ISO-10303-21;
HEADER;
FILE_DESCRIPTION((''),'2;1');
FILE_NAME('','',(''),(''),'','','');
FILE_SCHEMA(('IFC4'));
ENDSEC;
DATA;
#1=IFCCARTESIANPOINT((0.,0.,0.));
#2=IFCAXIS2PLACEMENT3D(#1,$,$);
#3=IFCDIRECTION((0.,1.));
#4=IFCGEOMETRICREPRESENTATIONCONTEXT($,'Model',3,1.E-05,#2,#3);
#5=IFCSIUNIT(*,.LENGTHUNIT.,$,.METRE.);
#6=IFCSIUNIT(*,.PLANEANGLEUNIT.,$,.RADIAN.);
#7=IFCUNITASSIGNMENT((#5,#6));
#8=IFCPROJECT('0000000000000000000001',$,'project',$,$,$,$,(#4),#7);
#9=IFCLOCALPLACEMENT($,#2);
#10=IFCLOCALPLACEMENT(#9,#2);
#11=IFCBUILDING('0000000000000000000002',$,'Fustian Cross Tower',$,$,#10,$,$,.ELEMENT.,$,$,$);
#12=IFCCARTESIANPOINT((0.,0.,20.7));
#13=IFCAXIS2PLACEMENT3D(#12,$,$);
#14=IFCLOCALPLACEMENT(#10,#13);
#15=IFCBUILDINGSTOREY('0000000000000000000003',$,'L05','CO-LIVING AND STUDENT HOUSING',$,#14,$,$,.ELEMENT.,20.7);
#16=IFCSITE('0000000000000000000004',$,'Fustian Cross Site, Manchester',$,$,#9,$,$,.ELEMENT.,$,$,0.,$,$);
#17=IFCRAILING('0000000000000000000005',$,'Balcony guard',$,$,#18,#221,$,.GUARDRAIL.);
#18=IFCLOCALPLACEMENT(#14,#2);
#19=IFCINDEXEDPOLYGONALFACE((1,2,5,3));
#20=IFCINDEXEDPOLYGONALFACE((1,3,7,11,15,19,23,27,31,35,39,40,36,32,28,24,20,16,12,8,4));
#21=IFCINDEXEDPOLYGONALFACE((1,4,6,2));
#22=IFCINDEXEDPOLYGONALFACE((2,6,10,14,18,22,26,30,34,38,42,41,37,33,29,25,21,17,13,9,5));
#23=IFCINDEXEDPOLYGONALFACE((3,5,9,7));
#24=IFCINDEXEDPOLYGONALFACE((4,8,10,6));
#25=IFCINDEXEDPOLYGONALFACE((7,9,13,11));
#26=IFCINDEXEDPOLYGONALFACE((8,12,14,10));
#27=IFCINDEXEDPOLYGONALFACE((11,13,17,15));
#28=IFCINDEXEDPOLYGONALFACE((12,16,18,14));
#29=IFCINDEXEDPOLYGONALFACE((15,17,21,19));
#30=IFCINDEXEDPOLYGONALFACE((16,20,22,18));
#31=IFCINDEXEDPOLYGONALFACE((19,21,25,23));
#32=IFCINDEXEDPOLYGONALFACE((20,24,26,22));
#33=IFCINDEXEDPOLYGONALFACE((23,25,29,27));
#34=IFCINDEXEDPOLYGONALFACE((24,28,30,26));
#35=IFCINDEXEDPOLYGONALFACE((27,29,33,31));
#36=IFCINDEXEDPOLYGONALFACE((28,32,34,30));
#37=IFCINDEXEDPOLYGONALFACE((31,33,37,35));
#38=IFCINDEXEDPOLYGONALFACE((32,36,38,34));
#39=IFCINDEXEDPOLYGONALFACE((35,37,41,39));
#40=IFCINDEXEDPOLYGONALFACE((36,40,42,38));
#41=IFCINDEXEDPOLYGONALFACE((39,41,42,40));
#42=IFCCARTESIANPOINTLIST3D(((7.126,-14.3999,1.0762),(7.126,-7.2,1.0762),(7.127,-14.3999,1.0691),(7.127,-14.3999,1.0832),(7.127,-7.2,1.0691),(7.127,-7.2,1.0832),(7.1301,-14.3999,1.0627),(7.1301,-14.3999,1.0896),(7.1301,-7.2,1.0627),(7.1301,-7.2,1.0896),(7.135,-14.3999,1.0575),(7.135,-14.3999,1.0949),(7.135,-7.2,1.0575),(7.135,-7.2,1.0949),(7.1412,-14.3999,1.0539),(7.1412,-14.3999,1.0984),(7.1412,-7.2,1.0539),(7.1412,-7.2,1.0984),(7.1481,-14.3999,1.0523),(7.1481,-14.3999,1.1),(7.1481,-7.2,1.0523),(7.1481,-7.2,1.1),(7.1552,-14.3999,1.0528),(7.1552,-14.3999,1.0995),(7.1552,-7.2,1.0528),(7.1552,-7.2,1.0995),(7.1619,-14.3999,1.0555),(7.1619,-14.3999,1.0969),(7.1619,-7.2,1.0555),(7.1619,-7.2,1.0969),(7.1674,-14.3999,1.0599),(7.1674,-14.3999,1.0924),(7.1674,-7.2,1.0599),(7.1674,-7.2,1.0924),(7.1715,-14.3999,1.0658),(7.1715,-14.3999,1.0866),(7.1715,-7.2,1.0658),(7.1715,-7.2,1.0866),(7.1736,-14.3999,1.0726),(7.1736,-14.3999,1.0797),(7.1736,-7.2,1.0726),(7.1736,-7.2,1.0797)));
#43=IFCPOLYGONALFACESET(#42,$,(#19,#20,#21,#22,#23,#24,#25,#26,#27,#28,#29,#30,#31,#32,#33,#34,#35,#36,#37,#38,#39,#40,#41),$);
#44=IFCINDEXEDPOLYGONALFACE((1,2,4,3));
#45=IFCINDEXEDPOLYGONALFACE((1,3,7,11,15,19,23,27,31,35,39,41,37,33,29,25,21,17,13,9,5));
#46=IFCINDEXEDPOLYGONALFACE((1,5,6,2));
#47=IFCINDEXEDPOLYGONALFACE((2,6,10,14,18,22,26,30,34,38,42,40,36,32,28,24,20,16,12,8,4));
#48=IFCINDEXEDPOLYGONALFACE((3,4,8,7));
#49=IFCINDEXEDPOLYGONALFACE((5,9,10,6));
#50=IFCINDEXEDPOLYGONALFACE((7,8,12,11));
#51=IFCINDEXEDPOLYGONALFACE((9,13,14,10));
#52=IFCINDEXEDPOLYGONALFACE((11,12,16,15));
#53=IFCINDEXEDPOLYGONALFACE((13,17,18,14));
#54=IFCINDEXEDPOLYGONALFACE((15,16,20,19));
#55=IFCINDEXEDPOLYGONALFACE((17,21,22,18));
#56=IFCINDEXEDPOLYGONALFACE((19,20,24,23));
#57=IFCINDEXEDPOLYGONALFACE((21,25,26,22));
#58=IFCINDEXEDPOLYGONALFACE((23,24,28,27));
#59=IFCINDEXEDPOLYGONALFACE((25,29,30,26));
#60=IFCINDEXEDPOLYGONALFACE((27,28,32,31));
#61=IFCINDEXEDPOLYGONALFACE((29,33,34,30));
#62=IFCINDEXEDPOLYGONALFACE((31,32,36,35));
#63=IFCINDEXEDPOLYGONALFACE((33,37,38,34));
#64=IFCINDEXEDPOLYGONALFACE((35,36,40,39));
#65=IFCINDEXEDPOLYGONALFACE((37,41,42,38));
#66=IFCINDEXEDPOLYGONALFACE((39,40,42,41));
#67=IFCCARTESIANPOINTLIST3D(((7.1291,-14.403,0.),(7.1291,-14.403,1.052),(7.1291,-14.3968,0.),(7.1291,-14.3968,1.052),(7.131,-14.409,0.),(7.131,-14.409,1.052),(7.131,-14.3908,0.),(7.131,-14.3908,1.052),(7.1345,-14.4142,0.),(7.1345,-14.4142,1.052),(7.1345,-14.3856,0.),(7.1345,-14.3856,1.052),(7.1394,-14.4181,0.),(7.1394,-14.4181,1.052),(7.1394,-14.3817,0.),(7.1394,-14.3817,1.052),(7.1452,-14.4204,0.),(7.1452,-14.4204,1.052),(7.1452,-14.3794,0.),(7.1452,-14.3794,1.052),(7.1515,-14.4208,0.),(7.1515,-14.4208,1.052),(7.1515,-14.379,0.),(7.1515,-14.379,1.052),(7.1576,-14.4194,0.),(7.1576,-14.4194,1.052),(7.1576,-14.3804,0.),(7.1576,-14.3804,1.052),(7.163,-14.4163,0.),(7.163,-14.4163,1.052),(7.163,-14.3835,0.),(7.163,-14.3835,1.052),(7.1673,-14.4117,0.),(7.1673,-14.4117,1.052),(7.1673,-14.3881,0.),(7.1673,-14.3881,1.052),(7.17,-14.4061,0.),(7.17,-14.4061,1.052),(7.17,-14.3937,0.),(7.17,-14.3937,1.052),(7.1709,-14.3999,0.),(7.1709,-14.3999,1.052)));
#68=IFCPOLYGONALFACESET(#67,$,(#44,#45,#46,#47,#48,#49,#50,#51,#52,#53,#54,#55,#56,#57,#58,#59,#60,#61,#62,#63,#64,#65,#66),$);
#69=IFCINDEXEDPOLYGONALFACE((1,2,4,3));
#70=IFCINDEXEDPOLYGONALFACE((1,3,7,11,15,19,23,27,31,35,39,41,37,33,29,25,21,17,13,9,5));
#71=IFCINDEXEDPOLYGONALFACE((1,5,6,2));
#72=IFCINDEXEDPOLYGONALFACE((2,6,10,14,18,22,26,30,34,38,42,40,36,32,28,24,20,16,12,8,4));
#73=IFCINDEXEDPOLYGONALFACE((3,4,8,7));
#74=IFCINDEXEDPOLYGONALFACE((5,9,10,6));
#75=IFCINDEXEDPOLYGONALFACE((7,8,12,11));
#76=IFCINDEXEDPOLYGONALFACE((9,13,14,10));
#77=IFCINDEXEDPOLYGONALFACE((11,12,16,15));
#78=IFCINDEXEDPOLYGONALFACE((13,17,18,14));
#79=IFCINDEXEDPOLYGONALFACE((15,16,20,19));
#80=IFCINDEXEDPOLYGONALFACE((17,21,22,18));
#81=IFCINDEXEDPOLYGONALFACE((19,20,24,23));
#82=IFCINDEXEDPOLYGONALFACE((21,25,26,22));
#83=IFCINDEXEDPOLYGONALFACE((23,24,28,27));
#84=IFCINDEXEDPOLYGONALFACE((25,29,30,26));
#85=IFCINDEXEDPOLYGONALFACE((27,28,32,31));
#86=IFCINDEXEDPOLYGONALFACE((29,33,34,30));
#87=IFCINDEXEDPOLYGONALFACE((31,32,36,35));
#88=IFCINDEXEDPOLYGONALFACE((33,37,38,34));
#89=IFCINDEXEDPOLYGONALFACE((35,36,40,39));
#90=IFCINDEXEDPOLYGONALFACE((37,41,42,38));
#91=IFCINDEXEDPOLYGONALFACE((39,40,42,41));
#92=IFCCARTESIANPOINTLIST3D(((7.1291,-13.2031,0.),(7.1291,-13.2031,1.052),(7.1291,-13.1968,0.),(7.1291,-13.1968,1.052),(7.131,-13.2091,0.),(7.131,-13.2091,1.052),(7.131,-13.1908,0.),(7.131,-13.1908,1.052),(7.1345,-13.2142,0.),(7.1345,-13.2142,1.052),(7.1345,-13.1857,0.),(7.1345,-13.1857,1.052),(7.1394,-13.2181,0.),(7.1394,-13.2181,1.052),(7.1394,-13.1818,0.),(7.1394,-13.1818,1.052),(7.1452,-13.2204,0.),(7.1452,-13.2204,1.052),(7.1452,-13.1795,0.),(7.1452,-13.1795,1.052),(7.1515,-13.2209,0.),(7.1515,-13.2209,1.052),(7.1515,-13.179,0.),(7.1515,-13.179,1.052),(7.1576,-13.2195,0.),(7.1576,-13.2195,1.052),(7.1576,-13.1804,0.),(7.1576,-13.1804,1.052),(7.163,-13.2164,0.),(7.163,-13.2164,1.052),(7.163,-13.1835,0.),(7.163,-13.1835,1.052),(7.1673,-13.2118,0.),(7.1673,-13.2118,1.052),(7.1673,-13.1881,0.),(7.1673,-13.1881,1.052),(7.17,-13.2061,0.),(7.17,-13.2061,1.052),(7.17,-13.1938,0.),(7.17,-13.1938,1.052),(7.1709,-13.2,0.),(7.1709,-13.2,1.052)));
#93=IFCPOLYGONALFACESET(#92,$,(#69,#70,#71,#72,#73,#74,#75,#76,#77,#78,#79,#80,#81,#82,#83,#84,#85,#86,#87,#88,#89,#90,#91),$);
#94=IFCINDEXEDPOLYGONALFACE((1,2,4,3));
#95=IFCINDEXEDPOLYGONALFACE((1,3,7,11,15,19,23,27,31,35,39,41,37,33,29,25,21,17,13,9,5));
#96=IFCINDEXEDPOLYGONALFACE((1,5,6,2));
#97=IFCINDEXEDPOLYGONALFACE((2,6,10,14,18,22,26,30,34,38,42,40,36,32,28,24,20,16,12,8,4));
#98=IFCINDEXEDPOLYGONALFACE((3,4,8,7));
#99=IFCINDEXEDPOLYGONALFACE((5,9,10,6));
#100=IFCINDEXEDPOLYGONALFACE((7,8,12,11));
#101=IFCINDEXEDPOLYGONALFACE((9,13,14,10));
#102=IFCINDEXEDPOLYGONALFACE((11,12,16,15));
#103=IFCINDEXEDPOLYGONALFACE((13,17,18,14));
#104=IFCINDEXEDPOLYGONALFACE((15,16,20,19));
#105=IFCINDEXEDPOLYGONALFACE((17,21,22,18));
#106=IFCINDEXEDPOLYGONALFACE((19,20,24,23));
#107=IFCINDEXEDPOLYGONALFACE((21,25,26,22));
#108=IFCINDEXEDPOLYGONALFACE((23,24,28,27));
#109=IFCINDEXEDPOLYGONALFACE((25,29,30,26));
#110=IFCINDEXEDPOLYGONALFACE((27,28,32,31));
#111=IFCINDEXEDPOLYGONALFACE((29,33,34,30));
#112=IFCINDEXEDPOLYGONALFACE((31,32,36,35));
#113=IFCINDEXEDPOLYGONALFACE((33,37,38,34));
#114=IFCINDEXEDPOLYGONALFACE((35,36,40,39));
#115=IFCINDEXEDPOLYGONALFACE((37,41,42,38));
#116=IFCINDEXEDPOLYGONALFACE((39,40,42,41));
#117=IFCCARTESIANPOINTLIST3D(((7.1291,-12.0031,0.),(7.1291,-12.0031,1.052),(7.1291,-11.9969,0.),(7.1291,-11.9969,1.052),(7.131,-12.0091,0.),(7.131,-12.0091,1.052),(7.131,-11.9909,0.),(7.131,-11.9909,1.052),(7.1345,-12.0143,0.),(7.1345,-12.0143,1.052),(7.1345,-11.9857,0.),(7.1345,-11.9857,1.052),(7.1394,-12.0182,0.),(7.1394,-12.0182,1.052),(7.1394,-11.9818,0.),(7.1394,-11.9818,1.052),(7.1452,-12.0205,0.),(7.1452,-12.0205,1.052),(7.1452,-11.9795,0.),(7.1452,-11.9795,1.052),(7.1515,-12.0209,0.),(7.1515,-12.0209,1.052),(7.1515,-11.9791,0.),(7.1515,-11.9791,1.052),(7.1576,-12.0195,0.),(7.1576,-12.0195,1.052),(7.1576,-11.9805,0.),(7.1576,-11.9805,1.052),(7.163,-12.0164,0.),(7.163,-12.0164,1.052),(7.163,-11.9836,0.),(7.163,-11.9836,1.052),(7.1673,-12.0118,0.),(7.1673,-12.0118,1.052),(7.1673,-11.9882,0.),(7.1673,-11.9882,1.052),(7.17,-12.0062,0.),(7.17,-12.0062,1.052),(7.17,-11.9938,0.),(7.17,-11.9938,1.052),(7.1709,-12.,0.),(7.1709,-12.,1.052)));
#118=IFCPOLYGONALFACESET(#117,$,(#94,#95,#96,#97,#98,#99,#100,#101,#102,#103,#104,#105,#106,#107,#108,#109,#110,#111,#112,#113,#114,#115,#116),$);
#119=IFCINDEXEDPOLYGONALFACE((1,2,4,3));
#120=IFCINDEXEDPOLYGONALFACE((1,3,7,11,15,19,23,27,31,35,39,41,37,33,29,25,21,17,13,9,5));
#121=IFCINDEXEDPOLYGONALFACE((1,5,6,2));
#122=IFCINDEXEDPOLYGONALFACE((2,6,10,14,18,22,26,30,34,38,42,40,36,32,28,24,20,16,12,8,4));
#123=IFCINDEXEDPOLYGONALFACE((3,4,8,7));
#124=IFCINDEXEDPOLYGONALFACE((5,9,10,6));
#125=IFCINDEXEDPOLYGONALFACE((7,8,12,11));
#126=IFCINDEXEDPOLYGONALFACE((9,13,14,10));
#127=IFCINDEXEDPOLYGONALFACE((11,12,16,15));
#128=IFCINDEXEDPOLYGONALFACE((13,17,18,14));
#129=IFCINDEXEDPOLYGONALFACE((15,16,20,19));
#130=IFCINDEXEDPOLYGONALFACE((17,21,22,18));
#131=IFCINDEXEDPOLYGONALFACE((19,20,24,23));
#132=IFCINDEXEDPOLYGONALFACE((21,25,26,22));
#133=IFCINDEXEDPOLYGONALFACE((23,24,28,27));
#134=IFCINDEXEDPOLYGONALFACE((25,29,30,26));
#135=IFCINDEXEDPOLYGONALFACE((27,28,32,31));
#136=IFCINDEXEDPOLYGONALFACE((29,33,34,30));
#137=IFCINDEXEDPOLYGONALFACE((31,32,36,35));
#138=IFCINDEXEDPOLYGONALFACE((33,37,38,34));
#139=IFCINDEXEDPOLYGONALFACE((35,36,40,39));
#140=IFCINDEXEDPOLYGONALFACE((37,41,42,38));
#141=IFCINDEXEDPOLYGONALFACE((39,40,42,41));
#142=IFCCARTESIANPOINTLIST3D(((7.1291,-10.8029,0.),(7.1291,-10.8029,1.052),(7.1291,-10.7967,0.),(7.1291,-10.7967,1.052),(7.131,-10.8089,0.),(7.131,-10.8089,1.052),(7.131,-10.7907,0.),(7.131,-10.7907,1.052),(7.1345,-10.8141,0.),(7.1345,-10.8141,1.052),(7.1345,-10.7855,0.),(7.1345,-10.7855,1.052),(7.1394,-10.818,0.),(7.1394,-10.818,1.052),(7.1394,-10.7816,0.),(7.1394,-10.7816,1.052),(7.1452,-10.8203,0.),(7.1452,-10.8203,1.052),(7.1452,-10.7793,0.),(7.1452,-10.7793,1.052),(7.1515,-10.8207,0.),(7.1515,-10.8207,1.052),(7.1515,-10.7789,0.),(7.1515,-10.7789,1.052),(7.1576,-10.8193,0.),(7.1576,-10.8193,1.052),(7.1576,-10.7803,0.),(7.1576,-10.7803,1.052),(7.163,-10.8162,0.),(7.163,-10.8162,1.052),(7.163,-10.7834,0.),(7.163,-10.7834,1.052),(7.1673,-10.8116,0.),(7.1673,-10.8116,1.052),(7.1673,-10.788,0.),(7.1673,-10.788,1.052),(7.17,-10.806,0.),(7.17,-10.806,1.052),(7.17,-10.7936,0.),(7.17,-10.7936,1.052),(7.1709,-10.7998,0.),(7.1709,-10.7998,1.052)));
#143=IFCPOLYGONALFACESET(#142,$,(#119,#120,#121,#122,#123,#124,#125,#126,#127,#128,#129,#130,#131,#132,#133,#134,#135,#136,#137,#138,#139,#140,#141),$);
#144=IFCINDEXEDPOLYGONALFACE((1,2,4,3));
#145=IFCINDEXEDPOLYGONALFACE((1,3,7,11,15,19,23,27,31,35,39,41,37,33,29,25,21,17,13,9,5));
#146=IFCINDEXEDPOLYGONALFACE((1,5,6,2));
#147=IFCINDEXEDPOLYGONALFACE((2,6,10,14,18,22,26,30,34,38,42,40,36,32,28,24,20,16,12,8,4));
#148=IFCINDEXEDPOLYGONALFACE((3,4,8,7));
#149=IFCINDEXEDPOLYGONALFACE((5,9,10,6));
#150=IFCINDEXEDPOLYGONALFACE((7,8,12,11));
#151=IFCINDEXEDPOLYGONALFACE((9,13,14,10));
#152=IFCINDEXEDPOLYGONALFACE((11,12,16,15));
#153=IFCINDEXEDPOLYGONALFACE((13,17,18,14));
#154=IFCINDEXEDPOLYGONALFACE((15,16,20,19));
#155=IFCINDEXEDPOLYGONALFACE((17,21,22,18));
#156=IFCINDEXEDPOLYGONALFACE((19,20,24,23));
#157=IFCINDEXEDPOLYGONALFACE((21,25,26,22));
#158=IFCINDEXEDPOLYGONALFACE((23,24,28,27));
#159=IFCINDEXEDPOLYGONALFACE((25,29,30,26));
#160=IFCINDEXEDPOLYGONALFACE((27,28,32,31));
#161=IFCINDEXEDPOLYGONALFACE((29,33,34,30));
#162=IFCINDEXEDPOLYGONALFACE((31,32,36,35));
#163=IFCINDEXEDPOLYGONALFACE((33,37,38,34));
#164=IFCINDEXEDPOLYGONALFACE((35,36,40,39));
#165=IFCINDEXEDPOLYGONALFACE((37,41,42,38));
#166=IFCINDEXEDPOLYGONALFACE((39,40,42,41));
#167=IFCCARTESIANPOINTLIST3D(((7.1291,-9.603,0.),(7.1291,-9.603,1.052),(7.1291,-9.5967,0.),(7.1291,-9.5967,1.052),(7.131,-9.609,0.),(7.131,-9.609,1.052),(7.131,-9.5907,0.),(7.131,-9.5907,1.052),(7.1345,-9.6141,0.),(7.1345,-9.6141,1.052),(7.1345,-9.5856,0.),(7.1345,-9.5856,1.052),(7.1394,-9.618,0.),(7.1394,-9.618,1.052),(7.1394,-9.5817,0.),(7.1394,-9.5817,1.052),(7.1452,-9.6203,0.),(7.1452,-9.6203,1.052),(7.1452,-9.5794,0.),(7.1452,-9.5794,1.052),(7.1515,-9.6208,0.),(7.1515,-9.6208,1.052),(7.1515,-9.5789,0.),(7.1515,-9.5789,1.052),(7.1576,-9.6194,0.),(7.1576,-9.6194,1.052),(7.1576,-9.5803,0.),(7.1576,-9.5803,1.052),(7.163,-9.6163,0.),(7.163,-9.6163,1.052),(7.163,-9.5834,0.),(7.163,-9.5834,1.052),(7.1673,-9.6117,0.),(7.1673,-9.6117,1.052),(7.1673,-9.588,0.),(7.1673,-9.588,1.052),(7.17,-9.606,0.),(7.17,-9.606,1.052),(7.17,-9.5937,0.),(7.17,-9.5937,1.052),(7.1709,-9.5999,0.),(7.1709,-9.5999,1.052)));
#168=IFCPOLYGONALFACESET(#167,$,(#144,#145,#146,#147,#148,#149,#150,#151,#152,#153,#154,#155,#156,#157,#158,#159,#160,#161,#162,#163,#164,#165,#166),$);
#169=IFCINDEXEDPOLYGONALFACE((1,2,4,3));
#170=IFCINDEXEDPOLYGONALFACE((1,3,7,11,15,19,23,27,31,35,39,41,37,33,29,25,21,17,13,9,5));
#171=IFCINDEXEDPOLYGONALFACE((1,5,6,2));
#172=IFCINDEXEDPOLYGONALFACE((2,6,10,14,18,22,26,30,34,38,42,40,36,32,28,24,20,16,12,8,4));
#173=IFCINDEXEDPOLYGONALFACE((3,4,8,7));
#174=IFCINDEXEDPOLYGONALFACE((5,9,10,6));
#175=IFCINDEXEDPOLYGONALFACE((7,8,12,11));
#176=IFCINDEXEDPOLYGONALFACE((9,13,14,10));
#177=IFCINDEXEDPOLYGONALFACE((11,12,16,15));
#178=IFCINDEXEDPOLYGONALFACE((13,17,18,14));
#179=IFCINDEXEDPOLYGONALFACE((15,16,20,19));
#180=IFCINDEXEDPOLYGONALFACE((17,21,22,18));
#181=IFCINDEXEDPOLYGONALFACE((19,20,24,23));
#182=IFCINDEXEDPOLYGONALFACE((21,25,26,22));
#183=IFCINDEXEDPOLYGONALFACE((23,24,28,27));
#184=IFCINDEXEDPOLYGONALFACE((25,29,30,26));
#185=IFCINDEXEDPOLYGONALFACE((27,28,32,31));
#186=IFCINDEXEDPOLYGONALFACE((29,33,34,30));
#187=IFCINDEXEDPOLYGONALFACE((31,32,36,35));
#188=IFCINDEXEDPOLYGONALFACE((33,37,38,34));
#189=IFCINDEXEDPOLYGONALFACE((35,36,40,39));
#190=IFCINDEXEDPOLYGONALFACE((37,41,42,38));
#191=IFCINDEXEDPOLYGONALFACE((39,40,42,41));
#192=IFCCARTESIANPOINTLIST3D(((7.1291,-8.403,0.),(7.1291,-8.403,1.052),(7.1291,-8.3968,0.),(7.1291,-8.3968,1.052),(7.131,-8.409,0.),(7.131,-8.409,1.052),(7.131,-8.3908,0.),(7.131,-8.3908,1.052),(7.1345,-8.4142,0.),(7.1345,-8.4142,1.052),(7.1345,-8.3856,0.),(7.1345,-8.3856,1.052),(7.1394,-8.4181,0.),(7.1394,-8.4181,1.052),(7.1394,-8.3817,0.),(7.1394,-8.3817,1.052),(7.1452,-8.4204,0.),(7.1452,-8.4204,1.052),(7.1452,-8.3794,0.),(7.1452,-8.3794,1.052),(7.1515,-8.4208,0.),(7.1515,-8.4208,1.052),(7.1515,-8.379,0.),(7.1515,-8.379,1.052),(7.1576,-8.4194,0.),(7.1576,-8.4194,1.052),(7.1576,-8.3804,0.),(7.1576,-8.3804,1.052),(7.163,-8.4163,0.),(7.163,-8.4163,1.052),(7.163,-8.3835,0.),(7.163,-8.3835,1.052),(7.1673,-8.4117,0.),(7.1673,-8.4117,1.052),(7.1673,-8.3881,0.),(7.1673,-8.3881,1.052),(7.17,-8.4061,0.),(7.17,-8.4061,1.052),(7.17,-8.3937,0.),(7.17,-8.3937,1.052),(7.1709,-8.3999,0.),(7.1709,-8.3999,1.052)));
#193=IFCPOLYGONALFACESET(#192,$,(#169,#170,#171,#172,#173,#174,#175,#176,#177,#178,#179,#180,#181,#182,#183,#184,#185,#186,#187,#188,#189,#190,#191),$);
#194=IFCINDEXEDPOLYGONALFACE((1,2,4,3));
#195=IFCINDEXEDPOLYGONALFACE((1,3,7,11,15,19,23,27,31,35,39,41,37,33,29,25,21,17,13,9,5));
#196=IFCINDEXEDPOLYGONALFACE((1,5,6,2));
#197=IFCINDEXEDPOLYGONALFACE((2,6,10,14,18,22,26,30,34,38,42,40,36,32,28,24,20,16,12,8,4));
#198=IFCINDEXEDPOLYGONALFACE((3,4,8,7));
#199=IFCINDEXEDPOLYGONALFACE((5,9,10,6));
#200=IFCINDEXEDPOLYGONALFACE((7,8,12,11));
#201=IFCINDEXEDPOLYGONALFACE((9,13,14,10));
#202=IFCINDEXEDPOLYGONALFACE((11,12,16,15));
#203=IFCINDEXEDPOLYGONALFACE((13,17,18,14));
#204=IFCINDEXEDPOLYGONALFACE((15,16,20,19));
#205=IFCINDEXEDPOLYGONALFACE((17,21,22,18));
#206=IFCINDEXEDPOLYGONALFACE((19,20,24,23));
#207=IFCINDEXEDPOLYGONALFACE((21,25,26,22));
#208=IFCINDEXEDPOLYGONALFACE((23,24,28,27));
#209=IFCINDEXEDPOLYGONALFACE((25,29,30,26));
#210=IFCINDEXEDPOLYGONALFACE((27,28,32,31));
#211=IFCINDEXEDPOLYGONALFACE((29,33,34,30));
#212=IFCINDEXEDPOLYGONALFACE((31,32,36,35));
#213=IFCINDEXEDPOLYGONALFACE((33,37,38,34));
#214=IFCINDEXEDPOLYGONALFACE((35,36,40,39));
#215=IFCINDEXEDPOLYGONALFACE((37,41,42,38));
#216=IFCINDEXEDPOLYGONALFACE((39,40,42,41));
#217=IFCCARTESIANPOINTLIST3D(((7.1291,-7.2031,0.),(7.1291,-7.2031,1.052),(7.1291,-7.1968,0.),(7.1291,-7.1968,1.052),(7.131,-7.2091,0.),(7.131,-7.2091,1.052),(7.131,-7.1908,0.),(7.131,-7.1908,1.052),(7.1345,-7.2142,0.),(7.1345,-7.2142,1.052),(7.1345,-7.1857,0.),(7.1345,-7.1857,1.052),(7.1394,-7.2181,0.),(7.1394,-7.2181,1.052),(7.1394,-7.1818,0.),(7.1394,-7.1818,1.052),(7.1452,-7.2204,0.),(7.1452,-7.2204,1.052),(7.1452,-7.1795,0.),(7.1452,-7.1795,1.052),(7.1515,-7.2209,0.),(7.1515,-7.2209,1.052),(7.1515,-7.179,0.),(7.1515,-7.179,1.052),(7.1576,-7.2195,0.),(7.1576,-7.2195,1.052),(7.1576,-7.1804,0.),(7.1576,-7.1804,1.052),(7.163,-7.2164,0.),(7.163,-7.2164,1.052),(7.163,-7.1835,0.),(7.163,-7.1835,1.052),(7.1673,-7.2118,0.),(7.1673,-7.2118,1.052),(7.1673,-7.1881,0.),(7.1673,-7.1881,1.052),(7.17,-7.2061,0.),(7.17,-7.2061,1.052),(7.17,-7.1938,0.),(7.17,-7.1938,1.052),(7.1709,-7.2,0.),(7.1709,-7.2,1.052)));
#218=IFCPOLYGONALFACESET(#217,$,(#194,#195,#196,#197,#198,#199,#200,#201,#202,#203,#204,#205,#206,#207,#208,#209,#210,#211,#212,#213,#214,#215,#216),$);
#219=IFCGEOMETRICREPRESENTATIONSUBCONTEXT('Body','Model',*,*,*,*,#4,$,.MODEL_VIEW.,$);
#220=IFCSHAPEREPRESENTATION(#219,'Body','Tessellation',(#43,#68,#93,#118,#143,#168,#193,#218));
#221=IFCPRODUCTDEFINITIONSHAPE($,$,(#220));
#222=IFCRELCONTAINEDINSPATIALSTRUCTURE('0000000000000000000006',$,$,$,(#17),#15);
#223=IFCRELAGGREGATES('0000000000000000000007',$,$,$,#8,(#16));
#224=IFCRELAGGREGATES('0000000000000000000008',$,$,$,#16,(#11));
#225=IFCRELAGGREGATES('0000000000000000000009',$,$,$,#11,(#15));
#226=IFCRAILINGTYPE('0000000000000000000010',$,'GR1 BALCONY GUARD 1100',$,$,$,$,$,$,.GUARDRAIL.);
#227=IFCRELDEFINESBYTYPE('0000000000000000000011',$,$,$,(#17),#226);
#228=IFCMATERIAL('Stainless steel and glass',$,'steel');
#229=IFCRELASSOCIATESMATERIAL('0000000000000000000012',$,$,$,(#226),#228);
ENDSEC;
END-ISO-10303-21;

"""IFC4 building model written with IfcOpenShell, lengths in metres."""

from ifc_helpers import new_model, si_unit, direction, frame, origin, origin_2d, place, context, subcontext, project, spatial, circle, extrude, material, type_object, element, save


model = new_model("IFC4")

# Units and contexts
model_context = context("Model", 3, precision=1e-05, world=origin(), true_north=direction((0.0, 1.0)))
body_context = subcontext(model_context, "Body", "Model", "MODEL_VIEW")
ifc_project = project(units=[si_unit("LENGTHUNIT", "METRE"), si_unit("PLANEANGLEUNIT", "RADIAN")], contexts=[model_context])

# Site, building, storey
site_placement = place(None, origin())
site = spatial("IfcSite", under=ifc_project, at=site_placement, Name="Fustian Cross Site, Manchester", CompositionType="ELEMENT", RefElevation=0.0)
building_placement = place(site_placement, origin())
building = spatial("IfcBuilding", under=site, at=building_placement, Name="Fustian Cross Tower", CompositionType="ELEMENT")
storey_placement = place(building_placement, frame((0.0, 0.0, 20.7)))
storey = spatial("IfcBuildingStorey", under=building, at=storey_placement, Name="L05", Description="CO-LIVING AND STUDENT HOUSING", CompositionType="ELEMENT", Elevation=20.7)

# Railing
ifc_material_1 = material(Name="Stainless steel and glass", Category="steel")
railing_type = type_object("IfcRailingType", Name="GR1 BALCONY GUARD 1100", PredefinedType="GUARDRAIL", material=ifc_material_1)
railing_placement = place(storey_placement, frame((7.1499, -14.3999, 0.0)))
element("IfcRailing", 1, at=railing_placement, inside=storey, type_object=railing_type, Name="Balcony guard", PredefinedType="GUARDRAIL", context=body_context, shape_type="SweptSolid", body=[
    extrude(circle(Radius=0.0239, at=origin_2d()), frame((0.0, 0.0, 1.0762), z_axis=(0.0, 1.0, 0.0), x_axis=(-1.0, 0.0, 0.0)), (0.0, 0.0, 1.0), 7.2),
    extrude(circle(Radius=0.021, at=origin_2d()), origin(), (0.0, 0.0, 1.0), 1.052),
    extrude(circle(Radius=0.021, at=origin_2d()), frame((0.0, 1.2, 0.0)), (0.0, 0.0, 1.0), 1.052),
    extrude(circle(Radius=0.021, at=origin_2d()), frame((0.0, 2.3999, 0.0)), (0.0, 0.0, 1.0), 1.052),
    extrude(circle(Radius=0.021, at=origin_2d()), frame((0.0, 3.6001, 0.0)), (0.0, 0.0, 1.0), 1.052),
    extrude(circle(Radius=0.021, at=origin_2d()), frame((0.0, 4.8, 0.0)), (0.0, 0.0, 1.0), 1.052),
    extrude(circle(Radius=0.021, at=origin_2d()), frame((0.0, 6.0, 0.0)), (0.0, 0.0, 1.0), 1.052),
    extrude(circle(Radius=0.021, at=origin_2d()), frame((0.0, 7.2, 0.0)), (0.0, 0.0, 1.0), 1.052),
])

save(model, "model.ifc")
